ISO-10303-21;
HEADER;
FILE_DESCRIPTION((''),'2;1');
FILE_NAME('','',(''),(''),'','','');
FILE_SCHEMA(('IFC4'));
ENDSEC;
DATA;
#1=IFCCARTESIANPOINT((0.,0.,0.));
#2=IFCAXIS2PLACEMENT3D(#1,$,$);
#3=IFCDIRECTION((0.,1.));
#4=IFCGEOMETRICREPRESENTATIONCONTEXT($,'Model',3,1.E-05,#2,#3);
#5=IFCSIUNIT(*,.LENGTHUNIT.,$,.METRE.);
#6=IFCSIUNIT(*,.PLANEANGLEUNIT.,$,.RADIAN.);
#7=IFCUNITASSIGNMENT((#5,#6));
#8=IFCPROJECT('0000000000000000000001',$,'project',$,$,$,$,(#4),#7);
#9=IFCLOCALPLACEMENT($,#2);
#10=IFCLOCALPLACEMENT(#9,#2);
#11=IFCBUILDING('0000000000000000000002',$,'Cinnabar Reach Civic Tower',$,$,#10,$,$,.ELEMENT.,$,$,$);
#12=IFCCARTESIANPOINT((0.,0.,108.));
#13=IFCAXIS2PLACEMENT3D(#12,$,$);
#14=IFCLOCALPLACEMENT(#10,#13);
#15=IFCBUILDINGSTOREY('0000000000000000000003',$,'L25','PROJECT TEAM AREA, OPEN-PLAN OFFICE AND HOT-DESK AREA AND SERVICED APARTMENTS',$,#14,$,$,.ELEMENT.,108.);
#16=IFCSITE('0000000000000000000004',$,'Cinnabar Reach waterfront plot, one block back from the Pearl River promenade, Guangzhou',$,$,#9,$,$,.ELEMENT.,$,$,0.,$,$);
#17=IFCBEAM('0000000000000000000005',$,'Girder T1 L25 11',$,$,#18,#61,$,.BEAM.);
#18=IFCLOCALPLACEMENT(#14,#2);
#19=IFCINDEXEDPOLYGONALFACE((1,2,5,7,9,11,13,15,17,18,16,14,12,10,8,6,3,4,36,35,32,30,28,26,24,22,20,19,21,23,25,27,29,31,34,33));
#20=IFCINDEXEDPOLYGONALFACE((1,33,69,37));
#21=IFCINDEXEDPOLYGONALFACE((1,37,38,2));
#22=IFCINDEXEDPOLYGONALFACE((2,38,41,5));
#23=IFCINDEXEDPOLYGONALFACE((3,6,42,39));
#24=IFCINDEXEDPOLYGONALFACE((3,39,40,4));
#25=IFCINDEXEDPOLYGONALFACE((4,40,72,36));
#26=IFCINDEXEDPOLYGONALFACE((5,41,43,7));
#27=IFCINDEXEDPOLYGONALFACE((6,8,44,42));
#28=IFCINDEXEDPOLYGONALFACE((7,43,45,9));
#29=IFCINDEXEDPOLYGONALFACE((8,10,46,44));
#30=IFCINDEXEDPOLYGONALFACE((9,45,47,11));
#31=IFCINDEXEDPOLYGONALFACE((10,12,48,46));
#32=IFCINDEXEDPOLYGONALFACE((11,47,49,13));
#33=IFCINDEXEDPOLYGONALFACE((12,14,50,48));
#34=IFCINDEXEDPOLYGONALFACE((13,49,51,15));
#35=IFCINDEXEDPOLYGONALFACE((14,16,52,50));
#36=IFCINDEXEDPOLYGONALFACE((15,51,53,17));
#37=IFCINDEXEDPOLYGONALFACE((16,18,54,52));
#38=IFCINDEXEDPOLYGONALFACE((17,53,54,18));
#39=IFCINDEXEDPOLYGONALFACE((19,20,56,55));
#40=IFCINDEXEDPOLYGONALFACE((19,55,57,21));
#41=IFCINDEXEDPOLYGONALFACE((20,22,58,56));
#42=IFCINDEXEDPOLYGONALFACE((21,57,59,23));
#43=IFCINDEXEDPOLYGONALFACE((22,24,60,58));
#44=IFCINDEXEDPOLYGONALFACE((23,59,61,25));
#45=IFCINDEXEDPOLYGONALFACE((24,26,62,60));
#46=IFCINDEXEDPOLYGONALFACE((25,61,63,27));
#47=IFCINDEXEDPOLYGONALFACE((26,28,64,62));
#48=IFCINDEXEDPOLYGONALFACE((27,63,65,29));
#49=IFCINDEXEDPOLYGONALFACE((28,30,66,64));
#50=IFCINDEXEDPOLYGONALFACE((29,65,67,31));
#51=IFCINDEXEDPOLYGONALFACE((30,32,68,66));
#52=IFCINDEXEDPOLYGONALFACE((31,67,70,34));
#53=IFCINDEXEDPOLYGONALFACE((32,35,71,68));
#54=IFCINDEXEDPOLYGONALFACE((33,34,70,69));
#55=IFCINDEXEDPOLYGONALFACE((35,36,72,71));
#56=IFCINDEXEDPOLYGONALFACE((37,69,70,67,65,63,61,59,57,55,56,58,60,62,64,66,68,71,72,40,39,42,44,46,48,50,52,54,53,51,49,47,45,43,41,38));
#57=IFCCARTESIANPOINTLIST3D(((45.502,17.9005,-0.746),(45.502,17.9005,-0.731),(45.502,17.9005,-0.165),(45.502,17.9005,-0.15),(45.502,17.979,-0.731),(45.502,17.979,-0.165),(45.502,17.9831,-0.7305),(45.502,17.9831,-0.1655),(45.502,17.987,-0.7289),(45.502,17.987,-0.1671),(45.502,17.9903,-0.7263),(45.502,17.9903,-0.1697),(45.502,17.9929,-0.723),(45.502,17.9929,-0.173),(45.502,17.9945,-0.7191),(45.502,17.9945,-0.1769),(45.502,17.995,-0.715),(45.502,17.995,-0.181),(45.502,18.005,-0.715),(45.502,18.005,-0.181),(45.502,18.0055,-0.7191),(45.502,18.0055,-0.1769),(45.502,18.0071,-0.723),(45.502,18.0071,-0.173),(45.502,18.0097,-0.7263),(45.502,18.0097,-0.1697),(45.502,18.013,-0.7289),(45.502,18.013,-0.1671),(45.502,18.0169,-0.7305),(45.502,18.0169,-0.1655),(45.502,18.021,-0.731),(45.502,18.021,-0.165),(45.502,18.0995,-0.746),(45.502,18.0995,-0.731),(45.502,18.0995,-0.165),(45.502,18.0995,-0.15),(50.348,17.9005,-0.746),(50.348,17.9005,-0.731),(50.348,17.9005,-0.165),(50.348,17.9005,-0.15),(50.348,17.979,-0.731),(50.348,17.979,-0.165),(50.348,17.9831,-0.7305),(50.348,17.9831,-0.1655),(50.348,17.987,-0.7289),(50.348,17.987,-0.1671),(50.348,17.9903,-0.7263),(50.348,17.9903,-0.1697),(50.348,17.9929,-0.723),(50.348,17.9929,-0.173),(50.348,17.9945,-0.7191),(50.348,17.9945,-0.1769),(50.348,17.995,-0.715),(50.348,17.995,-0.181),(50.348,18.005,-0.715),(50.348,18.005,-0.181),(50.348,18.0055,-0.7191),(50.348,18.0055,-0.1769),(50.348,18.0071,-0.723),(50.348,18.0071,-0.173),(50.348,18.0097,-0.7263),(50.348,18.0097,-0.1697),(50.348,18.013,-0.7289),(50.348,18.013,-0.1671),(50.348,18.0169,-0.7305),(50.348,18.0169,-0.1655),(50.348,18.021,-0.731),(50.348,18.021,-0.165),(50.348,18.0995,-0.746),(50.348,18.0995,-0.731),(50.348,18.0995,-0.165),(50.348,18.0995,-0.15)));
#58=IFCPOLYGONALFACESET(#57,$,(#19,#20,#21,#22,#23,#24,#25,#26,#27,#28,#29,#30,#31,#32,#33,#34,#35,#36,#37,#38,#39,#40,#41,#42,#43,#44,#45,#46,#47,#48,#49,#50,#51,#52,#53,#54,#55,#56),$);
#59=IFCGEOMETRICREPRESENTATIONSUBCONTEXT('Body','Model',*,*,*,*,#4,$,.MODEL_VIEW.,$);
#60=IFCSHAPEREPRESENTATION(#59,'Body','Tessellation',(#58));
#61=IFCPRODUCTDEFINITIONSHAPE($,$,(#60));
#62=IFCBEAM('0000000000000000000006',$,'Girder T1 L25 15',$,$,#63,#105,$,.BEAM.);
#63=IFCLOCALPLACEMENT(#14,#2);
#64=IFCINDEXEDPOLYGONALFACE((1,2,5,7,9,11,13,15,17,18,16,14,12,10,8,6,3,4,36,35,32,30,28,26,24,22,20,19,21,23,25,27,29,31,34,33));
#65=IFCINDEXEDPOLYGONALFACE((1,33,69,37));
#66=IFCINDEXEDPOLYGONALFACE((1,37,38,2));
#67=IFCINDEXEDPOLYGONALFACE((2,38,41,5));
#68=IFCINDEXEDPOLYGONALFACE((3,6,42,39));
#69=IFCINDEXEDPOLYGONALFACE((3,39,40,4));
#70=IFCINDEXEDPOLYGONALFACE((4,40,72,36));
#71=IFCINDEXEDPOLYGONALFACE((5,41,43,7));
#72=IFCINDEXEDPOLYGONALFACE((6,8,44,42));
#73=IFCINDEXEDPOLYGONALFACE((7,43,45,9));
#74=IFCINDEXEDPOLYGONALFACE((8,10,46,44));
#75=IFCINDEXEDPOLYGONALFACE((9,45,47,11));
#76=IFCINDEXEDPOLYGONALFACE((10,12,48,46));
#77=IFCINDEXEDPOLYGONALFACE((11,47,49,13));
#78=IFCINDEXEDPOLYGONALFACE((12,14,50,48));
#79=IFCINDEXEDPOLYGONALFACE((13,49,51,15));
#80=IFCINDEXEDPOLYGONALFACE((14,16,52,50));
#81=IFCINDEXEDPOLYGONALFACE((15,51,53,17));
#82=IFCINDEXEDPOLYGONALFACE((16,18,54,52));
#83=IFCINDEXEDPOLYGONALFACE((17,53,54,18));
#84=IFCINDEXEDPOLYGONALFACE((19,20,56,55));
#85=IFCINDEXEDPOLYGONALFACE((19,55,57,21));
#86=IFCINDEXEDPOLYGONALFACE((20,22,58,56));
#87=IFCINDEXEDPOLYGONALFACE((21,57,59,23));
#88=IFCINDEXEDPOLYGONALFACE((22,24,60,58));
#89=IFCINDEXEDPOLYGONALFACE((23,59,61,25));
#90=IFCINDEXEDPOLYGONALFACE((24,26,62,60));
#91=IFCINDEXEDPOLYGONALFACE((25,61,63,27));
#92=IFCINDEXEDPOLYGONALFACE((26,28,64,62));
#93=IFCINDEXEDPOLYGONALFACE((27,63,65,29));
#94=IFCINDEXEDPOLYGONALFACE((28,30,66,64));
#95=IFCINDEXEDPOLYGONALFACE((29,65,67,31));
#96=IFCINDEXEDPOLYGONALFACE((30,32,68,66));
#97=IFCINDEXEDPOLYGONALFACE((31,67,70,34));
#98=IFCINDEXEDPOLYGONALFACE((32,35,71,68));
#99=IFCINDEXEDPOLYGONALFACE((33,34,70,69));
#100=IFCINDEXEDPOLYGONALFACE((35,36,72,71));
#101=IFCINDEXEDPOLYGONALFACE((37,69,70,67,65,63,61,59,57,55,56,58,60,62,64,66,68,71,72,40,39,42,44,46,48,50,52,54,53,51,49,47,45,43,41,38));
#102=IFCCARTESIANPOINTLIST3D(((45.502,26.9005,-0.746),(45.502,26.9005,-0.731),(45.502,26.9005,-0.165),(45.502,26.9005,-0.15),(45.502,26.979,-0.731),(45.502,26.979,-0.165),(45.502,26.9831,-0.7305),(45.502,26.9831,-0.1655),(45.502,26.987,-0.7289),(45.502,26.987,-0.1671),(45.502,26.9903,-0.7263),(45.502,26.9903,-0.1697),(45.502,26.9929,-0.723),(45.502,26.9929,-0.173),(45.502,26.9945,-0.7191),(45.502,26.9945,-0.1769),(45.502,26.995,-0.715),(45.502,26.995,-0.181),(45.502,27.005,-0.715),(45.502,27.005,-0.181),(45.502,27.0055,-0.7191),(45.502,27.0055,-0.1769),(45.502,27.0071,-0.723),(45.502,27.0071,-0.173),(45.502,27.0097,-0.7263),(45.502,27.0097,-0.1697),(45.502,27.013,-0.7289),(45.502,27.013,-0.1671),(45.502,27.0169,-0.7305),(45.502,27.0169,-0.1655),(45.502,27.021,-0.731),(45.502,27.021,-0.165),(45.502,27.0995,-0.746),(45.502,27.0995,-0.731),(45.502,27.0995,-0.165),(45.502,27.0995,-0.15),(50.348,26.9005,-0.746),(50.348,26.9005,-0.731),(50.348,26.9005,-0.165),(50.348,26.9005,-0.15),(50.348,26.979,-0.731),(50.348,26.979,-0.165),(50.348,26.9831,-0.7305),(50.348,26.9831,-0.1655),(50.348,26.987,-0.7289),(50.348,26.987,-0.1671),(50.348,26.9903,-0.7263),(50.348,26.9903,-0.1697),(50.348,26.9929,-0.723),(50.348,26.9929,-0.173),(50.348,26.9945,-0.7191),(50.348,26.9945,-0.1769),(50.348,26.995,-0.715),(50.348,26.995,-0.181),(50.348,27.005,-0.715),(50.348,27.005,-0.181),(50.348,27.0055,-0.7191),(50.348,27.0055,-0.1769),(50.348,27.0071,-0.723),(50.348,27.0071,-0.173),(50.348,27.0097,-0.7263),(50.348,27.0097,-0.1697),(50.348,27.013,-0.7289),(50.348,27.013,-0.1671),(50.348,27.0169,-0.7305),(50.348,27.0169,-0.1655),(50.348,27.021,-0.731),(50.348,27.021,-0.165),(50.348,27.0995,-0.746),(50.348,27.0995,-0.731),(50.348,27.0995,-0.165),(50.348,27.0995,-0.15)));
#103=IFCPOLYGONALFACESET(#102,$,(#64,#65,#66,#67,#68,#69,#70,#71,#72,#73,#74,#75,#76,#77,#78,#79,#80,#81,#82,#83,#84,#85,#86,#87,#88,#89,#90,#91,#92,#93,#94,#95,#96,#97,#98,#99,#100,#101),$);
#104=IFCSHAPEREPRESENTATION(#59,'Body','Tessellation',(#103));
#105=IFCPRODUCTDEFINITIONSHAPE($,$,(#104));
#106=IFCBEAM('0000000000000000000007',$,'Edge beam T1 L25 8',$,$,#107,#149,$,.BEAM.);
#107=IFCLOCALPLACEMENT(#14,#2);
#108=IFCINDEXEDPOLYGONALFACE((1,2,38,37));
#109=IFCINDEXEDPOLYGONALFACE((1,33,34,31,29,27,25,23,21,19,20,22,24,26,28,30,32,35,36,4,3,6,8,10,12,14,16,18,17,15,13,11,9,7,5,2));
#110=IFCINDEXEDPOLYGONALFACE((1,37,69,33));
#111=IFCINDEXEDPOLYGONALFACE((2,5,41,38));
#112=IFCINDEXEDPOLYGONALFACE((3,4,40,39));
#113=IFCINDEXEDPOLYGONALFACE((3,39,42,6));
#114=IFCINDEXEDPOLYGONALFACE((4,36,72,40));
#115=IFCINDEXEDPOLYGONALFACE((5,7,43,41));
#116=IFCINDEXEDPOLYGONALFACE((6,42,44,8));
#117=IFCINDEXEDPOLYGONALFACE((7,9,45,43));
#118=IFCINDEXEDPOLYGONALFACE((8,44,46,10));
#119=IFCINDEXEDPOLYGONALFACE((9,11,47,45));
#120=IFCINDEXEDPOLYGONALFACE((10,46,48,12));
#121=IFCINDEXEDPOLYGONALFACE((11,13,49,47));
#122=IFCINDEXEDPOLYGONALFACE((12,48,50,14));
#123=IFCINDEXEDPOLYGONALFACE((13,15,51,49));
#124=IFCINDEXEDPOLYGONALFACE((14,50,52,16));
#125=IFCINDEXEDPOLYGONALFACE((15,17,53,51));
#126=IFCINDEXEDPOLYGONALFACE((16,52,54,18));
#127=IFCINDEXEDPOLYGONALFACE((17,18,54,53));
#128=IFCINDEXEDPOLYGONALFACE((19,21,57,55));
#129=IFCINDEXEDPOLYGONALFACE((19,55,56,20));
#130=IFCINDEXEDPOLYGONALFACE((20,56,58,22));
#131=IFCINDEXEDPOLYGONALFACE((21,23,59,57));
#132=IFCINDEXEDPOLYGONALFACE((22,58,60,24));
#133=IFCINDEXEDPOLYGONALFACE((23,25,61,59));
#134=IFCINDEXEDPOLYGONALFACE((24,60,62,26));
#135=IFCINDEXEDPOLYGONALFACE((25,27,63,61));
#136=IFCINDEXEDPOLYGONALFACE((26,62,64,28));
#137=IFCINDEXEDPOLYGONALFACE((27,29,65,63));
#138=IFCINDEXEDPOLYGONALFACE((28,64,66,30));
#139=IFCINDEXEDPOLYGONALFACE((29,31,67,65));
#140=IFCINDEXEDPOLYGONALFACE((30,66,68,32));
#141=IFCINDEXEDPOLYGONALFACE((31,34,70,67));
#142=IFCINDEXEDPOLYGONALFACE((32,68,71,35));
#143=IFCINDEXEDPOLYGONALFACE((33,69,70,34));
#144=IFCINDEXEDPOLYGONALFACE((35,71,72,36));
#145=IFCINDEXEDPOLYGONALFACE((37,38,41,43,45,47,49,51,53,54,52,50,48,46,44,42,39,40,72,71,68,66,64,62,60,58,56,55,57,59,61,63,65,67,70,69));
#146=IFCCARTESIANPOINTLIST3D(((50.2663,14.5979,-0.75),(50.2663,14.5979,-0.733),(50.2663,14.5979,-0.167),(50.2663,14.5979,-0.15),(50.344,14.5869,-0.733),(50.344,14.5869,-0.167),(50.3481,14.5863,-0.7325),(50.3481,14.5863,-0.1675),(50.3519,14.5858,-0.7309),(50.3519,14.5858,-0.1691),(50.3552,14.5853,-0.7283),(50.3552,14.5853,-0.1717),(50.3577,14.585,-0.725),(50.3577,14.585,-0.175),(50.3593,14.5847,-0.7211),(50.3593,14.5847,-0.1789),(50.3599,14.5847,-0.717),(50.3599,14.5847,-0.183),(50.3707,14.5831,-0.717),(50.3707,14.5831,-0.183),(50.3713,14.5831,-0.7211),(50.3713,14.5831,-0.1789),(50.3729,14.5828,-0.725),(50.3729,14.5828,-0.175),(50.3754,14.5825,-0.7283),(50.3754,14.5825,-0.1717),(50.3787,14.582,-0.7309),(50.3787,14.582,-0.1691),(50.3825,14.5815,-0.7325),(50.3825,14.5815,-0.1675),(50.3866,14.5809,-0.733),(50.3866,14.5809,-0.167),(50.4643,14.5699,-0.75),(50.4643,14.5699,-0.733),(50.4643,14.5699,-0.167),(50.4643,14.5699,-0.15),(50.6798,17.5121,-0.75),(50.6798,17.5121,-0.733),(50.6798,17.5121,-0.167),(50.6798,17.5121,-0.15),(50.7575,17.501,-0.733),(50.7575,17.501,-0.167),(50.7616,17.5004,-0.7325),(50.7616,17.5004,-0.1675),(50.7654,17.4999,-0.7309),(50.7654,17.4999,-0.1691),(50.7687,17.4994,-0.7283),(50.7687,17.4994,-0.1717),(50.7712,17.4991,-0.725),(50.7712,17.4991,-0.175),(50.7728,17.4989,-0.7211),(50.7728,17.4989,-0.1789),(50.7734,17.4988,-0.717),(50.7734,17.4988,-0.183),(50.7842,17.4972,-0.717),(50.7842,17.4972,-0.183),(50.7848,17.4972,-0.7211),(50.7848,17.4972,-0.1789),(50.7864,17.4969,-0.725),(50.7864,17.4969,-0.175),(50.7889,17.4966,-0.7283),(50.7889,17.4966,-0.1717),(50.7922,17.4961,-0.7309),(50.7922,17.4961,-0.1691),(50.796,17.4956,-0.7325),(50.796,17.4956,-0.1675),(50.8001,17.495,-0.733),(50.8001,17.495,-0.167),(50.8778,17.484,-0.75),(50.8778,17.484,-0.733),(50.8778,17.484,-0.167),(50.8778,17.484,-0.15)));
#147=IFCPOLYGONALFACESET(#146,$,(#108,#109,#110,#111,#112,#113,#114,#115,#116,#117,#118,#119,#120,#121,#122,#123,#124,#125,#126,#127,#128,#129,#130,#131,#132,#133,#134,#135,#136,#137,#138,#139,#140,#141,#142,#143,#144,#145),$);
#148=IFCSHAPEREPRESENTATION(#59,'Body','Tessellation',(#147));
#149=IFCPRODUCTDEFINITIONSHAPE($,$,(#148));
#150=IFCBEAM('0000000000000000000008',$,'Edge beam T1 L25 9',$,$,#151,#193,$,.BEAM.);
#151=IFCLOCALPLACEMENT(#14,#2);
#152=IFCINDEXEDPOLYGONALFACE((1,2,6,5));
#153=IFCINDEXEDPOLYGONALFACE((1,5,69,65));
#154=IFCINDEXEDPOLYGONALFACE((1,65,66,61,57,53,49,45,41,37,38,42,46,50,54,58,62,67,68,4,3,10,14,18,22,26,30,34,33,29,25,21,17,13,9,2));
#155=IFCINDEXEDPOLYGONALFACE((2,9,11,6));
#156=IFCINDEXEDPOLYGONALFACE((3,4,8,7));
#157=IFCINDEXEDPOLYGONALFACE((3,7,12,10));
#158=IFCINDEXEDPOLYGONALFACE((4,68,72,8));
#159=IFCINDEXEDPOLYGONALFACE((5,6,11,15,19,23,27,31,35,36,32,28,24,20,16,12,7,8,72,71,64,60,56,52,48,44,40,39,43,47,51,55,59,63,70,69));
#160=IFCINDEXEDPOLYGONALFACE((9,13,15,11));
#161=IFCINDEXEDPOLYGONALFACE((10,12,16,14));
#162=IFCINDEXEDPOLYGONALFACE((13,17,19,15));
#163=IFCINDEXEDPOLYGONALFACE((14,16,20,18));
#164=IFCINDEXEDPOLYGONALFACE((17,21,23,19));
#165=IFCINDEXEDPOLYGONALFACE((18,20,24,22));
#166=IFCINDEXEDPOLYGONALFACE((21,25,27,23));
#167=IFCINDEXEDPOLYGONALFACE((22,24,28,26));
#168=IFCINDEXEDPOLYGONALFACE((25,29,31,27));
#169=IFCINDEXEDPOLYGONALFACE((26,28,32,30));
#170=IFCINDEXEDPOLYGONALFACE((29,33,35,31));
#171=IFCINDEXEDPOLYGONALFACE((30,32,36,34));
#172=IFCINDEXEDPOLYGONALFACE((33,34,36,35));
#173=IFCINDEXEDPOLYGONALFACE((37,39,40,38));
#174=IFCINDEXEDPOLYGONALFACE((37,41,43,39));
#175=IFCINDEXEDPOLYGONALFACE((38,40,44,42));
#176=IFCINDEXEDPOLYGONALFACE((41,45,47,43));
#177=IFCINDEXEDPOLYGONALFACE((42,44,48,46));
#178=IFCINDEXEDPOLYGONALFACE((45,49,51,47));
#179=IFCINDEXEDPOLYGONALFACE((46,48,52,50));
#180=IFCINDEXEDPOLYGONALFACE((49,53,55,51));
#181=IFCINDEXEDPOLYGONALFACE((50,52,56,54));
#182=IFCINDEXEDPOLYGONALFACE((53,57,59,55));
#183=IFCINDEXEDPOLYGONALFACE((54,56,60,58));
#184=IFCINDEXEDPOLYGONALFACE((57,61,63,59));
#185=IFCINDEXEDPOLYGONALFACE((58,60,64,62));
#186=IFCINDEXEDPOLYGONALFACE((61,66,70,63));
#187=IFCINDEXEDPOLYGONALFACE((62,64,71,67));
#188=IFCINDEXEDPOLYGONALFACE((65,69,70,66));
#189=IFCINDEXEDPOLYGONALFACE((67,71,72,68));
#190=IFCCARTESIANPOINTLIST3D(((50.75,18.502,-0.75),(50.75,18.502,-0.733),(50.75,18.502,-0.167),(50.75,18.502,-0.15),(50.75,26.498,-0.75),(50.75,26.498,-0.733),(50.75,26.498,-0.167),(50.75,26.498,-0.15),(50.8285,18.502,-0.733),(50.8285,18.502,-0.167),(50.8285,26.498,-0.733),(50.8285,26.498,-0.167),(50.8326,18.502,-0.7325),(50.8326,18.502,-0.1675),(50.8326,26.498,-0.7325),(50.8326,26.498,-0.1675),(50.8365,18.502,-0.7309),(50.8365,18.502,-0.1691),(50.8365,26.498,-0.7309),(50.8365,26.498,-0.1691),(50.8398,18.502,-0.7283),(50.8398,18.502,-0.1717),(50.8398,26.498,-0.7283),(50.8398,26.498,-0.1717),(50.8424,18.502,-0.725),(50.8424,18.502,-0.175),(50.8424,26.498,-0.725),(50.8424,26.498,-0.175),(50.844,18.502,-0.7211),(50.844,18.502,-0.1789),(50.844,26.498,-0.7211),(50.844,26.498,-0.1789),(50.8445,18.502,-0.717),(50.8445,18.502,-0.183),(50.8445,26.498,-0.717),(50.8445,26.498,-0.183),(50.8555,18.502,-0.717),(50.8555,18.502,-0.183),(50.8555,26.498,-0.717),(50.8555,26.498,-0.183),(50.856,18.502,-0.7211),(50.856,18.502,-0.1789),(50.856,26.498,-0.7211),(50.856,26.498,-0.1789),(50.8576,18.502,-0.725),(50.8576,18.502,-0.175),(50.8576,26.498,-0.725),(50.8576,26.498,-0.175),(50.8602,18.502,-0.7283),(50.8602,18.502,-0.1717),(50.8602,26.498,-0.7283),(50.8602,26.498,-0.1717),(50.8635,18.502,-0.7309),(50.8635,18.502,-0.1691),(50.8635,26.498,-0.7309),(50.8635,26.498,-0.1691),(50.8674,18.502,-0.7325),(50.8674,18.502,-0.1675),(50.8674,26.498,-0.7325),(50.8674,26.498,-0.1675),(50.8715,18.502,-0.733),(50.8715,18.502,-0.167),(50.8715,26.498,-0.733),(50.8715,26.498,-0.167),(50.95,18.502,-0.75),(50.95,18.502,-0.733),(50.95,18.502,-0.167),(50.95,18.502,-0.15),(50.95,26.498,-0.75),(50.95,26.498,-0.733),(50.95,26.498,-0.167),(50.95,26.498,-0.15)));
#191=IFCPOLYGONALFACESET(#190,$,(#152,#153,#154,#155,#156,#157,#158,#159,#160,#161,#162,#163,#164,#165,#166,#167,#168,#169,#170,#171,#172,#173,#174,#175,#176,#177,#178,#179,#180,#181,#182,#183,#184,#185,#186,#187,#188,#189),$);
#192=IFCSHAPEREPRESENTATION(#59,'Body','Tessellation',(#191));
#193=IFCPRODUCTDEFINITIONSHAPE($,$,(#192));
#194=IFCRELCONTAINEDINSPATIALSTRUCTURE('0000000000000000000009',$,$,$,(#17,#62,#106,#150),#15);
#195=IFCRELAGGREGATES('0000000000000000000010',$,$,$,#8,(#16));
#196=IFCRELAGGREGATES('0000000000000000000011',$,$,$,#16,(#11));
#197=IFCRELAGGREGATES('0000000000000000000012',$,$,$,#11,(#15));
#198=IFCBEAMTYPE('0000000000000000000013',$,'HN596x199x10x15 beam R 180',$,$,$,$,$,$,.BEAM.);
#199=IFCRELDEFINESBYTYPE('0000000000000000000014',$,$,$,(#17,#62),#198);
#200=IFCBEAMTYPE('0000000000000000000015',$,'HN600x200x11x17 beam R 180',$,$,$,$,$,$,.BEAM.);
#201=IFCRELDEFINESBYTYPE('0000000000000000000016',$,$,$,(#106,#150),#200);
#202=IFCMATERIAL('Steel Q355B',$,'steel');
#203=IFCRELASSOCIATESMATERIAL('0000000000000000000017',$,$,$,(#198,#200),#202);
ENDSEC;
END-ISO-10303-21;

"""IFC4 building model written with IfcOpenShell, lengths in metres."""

from ifc_helpers import new_model, si_unit, direction, frame, origin, origin_2d, place, context, subcontext, project, spatial, i_section, extrude, material, material_profile, profile_set, type_object, element, save


model = new_model("IFC4")

# Units and contexts
model_context = context("Model", 3, precision=1e-05, world=origin(), true_north=direction((0.0, 1.0)))
body_context = subcontext(model_context, "Body", "Model", "MODEL_VIEW")
ifc_project = project(units=[si_unit("LENGTHUNIT", "METRE"), si_unit("PLANEANGLEUNIT", "RADIAN")], contexts=[model_context])

# Site, building, storey
site_placement = place(None, origin())
site = spatial("IfcSite", under=ifc_project, at=site_placement, Name="Cinnabar Reach waterfront plot, one block back from the Pearl River promenade, Guangzhou", CompositionType="ELEMENT", RefElevation=0.0)
building_placement = place(site_placement, origin())
building = spatial("IfcBuilding", under=site, at=building_placement, Name="Cinnabar Reach Civic Tower", CompositionType="ELEMENT")
storey_placement = place(building_placement, frame((0.0, 0.0, 108.0)))
storey = spatial("IfcBuildingStorey", under=building, at=storey_placement, Name="L25", Description="PROJECT TEAM AREA, OPEN-PLAN OFFICE AND HOT-DESK AREA AND SERVICED APARTMENTS", CompositionType="ELEMENT", Elevation=108.0)

# Beams
ifc_material_1 = material(Name="Steel Q355B", Category="steel")
ifc_material_profile_1 = material_profile(ifc_material_1, i_section(OverallWidth=0.199, OverallDepth=0.596, WebThickness=0.01, FlangeThickness=0.015, FilletRadius=0.016, at=origin_2d()), Name="HN596x199x10x15")
ifc_profile_set_1 = profile_set([ifc_material_profile_1], Name="Steel Q355B")
beam_type_1 = type_object("IfcBeamType", Name="HN596x199x10x15 beam R 180", PredefinedType="BEAM", material=ifc_profile_set_1)
for number, where, z_axis, x_axis, name in (
    (1, (45.502, 18.0, -0.448), (1.0, 0.0, 0.0), (0.0, 1.0, 0.0), "Girder T1 L25 11"),
    (2, (45.502, 27.0, -0.448), (1.0, 0.0, 0.0), (0.0, 1.0, 0.0), "Girder T1 L25 15"),
):
    element("IfcBeam", number, at=place(storey_placement, frame(where, z_axis=z_axis, x_axis=x_axis)), inside=storey, type_object=beam_type_1, Name=name, PredefinedType="BEAM", context=body_context, shape_type="SweptSolid", body=[
        extrude(i_section(OverallWidth=0.199, OverallDepth=0.596, WebThickness=0.01, FlangeThickness=0.015, FilletRadius=0.016, at=origin_2d()), origin(), (0.0, 0.0, 1.0), 4.846),
    ])
ifc_material_profile_2 = material_profile(ifc_material_1, i_section(OverallWidth=0.2, OverallDepth=0.6, WebThickness=0.011, FlangeThickness=0.017, FilletRadius=0.016, at=origin_2d()), Name="HN600x200x11x17")
ifc_profile_set_2 = profile_set([ifc_material_profile_2], Name="Steel Q355B")
beam_type_2 = type_object("IfcBeamType", Name="HN600x200x11x17 beam R 180", PredefinedType="BEAM", material=ifc_profile_set_2)
beam_1_placement = place(storey_placement, frame((50.3653, 14.5839, -0.45), z_axis=(0.140489, 0.990082, 0.0), x_axis=(-0.990082, 0.140489, 0.0)))
element("IfcBeam", 3, at=beam_1_placement, inside=storey, type_object=beam_type_2, Name="Edge beam T1 L25 8", PredefinedType="BEAM", context=body_context, shape_type="SweptSolid", body=[
    extrude(i_section(OverallWidth=0.2, OverallDepth=0.6, WebThickness=0.011, FlangeThickness=0.017, FilletRadius=0.016, at=origin_2d()), origin(), (0.0, 0.0, 1.0), 2.9433),
])
beam_2_placement = place(storey_placement, frame((50.85, 18.502, -0.45), z_axis=(0.0, 1.0, 0.0), x_axis=(-1.0, 0.0, 0.0)))
element("IfcBeam", 4, at=beam_2_placement, inside=storey, type_object=beam_type_2, Name="Edge beam T1 L25 9", PredefinedType="BEAM", context=body_context, shape_type="SweptSolid", body=[
    extrude(i_section(OverallWidth=0.2, OverallDepth=0.6, WebThickness=0.011, FlangeThickness=0.017, FilletRadius=0.016, at=origin_2d()), origin(), (0.0, 0.0, 1.0), 7.996),
])

save(model, "model.ifc")
